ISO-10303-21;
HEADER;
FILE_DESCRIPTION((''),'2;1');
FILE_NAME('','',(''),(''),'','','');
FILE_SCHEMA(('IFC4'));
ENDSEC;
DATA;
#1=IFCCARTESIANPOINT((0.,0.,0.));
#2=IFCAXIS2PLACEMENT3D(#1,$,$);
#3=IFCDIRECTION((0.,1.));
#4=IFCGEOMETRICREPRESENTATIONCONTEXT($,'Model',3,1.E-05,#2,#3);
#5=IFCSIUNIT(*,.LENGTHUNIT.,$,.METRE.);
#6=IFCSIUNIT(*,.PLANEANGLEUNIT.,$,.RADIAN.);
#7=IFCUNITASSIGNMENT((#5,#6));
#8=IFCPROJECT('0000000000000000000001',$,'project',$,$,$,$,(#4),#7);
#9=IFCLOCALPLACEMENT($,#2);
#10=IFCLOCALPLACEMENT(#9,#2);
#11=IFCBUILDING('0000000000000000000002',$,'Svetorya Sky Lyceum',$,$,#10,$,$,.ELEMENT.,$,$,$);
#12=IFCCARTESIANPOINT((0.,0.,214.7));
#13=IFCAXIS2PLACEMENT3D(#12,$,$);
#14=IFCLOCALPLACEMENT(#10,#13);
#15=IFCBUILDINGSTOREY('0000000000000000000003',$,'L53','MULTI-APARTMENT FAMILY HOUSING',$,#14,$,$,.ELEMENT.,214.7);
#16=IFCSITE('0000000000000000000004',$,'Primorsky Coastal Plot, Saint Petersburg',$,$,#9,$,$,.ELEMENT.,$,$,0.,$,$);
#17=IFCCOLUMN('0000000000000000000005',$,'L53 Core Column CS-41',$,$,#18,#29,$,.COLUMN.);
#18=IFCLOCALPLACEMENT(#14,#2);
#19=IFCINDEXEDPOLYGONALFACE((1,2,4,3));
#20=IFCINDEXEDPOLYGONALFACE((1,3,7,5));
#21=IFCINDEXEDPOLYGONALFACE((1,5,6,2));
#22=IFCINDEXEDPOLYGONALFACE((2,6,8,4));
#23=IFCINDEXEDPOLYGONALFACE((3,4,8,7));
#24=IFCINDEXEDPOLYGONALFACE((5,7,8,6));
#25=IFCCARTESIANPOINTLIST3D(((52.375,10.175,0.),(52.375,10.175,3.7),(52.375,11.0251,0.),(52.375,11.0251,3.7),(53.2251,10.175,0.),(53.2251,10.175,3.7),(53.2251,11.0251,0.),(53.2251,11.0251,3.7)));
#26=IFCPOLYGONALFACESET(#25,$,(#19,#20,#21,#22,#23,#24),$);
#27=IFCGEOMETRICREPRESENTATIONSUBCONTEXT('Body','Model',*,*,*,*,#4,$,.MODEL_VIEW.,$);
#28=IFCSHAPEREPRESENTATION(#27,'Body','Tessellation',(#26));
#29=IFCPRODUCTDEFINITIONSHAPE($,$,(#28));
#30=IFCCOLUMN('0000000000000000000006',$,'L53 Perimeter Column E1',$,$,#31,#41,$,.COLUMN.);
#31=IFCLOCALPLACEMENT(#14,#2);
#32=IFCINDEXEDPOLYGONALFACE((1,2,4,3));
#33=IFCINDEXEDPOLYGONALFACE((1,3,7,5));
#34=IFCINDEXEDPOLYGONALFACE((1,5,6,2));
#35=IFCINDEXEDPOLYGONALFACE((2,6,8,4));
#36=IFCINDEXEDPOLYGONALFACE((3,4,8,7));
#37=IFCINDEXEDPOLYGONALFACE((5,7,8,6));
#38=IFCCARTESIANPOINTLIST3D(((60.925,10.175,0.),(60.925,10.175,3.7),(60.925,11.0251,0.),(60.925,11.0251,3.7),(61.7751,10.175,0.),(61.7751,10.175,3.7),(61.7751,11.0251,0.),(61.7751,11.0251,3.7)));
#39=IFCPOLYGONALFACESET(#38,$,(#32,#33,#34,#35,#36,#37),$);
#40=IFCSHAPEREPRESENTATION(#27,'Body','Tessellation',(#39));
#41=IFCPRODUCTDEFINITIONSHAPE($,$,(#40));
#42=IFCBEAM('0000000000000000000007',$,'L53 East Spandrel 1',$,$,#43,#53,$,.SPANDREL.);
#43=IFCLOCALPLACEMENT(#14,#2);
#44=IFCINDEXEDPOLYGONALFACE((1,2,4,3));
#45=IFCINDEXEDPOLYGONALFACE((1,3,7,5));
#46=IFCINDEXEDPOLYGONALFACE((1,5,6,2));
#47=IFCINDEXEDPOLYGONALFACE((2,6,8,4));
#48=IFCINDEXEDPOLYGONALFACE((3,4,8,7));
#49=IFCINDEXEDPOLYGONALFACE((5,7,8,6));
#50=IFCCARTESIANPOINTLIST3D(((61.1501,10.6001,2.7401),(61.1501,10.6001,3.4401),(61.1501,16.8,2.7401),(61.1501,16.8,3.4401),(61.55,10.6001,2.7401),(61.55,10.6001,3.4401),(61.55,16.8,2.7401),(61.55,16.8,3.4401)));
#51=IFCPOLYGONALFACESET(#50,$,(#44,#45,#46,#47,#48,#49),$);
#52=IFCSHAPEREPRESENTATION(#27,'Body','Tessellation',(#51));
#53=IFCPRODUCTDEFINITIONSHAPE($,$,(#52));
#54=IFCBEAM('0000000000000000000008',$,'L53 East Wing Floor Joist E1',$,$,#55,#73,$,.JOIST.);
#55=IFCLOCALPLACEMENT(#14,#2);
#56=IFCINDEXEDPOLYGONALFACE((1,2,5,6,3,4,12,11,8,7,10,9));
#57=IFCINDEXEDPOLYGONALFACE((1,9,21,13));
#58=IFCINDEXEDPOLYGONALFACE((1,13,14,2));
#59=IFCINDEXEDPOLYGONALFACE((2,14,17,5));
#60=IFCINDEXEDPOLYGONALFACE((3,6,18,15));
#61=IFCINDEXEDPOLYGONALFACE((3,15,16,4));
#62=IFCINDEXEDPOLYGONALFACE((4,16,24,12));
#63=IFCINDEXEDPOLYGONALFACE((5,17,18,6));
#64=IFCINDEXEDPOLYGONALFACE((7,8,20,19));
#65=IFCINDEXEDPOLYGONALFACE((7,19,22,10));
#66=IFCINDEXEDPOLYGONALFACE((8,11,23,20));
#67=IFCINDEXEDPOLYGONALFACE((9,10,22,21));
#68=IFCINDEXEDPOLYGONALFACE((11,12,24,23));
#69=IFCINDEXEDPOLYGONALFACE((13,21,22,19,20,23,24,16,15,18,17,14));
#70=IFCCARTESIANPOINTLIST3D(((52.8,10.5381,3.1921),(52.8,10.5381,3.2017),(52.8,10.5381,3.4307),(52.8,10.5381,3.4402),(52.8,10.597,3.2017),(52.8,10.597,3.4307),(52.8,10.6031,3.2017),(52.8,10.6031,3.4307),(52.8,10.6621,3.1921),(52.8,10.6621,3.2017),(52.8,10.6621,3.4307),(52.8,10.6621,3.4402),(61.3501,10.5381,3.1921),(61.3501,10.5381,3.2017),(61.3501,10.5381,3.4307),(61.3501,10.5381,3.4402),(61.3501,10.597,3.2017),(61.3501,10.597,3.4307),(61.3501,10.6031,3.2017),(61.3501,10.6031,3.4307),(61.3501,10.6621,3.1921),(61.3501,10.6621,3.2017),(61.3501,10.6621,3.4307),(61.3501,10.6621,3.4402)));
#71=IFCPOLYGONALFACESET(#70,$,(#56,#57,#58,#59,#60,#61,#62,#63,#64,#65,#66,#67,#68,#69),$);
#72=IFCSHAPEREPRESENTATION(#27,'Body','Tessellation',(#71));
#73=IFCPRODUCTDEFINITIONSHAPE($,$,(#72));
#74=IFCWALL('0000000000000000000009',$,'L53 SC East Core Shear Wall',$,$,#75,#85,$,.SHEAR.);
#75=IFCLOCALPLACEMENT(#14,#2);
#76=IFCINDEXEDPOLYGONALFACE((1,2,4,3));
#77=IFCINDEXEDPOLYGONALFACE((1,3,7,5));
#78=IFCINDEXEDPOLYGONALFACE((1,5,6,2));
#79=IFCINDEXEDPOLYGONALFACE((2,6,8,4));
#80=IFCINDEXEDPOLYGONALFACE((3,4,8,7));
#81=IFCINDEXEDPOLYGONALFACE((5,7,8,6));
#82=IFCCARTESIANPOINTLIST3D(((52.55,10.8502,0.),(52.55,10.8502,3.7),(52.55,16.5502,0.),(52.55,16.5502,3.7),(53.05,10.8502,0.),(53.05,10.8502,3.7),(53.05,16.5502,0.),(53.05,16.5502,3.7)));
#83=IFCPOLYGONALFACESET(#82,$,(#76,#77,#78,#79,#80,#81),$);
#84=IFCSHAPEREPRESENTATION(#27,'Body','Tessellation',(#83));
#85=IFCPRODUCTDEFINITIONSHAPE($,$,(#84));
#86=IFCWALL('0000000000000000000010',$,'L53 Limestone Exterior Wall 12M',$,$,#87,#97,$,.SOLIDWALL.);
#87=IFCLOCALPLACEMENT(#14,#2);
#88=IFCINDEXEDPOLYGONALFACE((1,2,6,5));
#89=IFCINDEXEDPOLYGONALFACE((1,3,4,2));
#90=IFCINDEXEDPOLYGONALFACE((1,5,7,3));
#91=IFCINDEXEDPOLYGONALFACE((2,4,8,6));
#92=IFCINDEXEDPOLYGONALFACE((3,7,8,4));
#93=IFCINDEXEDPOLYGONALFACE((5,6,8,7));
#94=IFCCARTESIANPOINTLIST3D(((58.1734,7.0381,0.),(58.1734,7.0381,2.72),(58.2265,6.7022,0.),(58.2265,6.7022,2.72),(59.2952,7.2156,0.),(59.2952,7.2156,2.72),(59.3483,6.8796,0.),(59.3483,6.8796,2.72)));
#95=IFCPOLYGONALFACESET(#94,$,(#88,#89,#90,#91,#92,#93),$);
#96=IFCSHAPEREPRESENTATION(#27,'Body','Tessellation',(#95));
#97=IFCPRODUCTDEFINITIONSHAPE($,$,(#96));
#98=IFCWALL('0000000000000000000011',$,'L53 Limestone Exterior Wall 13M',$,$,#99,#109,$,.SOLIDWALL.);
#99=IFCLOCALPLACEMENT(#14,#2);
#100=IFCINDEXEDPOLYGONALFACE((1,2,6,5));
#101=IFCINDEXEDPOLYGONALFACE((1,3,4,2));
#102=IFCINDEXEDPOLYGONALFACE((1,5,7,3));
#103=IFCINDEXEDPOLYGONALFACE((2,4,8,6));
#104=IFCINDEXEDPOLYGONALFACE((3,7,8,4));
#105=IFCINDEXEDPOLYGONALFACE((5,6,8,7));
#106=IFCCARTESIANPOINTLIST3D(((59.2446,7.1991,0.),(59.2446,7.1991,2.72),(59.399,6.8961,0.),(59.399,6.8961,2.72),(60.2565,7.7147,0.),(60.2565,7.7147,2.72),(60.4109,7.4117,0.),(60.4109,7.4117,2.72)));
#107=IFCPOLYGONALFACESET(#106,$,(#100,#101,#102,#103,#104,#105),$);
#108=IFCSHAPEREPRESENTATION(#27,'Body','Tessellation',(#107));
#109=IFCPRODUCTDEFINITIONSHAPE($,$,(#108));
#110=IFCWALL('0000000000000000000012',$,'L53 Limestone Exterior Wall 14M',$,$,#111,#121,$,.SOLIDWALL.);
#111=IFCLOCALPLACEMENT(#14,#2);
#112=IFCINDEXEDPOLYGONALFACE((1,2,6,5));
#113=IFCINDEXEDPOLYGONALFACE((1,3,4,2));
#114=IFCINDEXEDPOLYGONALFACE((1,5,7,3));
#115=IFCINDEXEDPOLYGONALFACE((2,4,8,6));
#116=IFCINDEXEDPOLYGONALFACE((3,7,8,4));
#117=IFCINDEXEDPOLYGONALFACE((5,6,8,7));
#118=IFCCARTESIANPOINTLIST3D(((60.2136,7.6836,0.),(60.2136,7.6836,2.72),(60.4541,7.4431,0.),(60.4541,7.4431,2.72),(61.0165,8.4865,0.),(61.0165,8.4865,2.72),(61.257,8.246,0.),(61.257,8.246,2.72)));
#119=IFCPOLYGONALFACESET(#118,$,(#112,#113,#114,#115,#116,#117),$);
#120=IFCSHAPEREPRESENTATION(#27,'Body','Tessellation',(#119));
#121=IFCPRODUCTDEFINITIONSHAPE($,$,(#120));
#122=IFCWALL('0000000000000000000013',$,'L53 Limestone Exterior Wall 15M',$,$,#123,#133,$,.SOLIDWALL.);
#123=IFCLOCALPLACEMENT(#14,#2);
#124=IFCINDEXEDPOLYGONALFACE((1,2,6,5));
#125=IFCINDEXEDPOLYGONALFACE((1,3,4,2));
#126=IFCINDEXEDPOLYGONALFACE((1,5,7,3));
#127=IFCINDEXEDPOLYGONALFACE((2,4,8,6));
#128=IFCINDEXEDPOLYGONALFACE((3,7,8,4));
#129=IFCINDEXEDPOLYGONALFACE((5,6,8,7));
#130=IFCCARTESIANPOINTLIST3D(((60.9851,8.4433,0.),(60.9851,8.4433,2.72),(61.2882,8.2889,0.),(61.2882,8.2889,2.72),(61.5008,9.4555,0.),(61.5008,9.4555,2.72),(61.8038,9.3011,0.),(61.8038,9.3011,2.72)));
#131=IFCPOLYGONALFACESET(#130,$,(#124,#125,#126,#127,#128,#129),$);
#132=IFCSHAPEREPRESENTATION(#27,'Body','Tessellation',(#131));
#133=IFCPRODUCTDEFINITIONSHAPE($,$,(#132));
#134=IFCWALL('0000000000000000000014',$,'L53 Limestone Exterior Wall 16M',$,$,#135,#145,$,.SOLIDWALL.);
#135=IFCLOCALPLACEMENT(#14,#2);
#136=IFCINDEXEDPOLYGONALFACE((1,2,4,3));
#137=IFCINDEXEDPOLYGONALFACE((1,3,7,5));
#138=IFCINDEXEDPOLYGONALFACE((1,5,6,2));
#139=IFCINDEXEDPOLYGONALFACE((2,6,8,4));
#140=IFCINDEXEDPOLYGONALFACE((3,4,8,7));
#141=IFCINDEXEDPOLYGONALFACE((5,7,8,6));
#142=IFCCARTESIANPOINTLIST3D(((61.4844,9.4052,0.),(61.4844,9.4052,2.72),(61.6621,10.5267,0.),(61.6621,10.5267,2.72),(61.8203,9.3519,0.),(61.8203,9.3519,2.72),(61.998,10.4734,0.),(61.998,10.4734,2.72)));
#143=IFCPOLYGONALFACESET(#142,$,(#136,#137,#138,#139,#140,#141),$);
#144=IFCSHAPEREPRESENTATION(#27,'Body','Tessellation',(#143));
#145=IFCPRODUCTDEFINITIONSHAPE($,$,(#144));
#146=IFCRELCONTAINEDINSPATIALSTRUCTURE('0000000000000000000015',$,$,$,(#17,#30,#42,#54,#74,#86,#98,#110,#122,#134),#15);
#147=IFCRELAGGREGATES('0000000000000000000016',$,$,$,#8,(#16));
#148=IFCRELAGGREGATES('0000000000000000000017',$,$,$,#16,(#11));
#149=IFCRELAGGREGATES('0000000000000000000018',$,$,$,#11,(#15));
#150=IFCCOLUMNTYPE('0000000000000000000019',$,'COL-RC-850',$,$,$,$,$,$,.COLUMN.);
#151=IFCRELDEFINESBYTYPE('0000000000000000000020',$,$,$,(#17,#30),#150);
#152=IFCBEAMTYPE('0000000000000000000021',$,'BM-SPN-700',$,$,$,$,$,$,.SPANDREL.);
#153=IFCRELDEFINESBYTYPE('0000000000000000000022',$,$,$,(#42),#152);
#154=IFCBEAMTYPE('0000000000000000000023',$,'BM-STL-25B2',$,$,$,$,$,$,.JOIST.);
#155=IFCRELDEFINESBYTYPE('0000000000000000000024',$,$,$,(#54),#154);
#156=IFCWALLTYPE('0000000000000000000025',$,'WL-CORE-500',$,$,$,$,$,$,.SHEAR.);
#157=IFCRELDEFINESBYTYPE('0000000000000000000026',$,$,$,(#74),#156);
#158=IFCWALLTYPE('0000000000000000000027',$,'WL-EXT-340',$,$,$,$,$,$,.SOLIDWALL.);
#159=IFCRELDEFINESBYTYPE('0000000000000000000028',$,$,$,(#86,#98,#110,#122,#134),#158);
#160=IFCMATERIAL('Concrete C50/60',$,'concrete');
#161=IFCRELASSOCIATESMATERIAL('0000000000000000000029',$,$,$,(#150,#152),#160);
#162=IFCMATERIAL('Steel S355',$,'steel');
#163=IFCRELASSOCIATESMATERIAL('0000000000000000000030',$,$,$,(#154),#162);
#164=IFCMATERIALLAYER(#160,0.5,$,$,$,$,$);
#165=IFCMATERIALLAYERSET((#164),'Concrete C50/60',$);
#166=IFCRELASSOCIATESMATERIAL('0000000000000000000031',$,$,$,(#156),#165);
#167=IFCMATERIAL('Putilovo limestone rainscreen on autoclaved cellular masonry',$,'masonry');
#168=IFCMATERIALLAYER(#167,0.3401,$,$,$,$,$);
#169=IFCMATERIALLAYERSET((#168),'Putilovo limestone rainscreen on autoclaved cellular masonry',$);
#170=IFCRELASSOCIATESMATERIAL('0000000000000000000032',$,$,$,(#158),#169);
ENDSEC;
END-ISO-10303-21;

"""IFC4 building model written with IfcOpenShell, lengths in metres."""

from ifc_helpers import new_model, si_unit, direction, frame, frame_2d, origin, origin_2d, place, context, subcontext, project, spatial, rectangle, i_section, extrude, material, layer, layer_set, material_profile, profile_set, type_object, element, save


model = new_model("IFC4")

# Units and contexts
model_context = context("Model", 3, precision=1e-05, world=origin(), true_north=direction((0.0, 1.0)))
body_context = subcontext(model_context, "Body", "Model", "MODEL_VIEW")
ifc_project = project(units=[si_unit("LENGTHUNIT", "METRE"), si_unit("PLANEANGLEUNIT", "RADIAN")], contexts=[model_context])

# Site, building, storey
site_placement = place(None, origin())
site = spatial("IfcSite", under=ifc_project, at=site_placement, Name="Primorsky Coastal Plot, Saint Petersburg", CompositionType="ELEMENT", RefElevation=0.0)
building_placement = place(site_placement, origin())
building = spatial("IfcBuilding", under=site, at=building_placement, Name="Svetorya Sky Lyceum", CompositionType="ELEMENT")
storey_placement = place(building_placement, frame((0.0, 0.0, 214.7)))
storey = spatial("IfcBuildingStorey", under=building, at=storey_placement, Name="L53", Description="MULTI-APARTMENT FAMILY HOUSING", CompositionType="ELEMENT", Elevation=214.7)

# Columns
ifc_material_1 = material(Name="Concrete C50/60", Category="concrete")
ifc_material_profile_1 = material_profile(ifc_material_1, rectangle(XDim=0.8501, YDim=0.8501, at=origin_2d()), Name="RC COL 850x850")
ifc_profile_set_1 = profile_set([ifc_material_profile_1], Name="Concrete C50/60")
column_type = type_object("IfcColumnType", Name="COL-RC-850", PredefinedType="COLUMN", material=ifc_profile_set_1)
for number, where, z_axis, x_axis, name in (
    (1, (52.8, 10.6001, 0.0), (0.0, 0.0, 1.0), (1.0, 0.0, 0.0), "L53 Core Column CS-41"),
    (2, (61.3501, 10.6001, 0.0), (0.0, 0.0, 1.0), (1.0, 0.0, 0.0), "L53 Perimeter Column E1"),
):
    element("IfcColumn", number, at=place(storey_placement, frame(where, z_axis=z_axis, x_axis=x_axis)), inside=storey, type_object=column_type, Name=name, PredefinedType="COLUMN", context=body_context, shape_type="SweptSolid", body=[
        extrude(rectangle(XDim=0.8501, YDim=0.8501, at=origin_2d()), origin(), (0.0, 0.0, 1.0), 3.7),
    ])

# Beams
ifc_material_profile_2 = material_profile(ifc_material_1, rectangle(XDim=0.3999, YDim=0.7, at=origin_2d()), Name="RC SPANDREL 400x700")
ifc_profile_set_2 = profile_set([ifc_material_profile_2], Name="Concrete C50/60")
beam_type_1 = type_object("IfcBeamType", Name="BM-SPN-700", PredefinedType="SPANDREL", material=ifc_profile_set_2)
beam_1_placement = place(storey_placement, frame((61.3501, 10.6001, 3.0901), z_axis=(0.0, 1.0, 0.0), x_axis=(-1.0, 0.0, 0.0)))
element("IfcBeam", 3, at=beam_1_placement, inside=storey, type_object=beam_type_1, Name="L53 East Spandrel 1", PredefinedType="SPANDREL", context=body_context, shape_type="SweptSolid", body=[
    extrude(rectangle(XDim=0.3999, YDim=0.7, at=origin_2d()), origin(), (0.0, 0.0, 1.0), 6.2),
])
ifc_material_2 = material(Name="Steel S355", Category="steel")
ifc_material_profile_3 = material_profile(ifc_material_2, i_section(OverallWidth=0.124, OverallDepth=0.248, WebThickness=0.0061, FlangeThickness=0.0095, at=origin_2d()), Name="GOST 25B2")
ifc_profile_set_3 = profile_set([ifc_material_profile_3], Name="Steel S355")
beam_type_2 = type_object("IfcBeamType", Name="BM-STL-25B2", PredefinedType="JOIST", material=ifc_profile_set_3)
beam_2_placement = place(storey_placement, frame((52.8, 10.6001, 3.3162), z_axis=(1.0, 0.0, 0.0), x_axis=(0.0, 1.0, 0.0)))
element("IfcBeam", 4, at=beam_2_placement, inside=storey, type_object=beam_type_2, Name="L53 East Wing Floor Joist E1", PredefinedType="JOIST", context=body_context, shape_type="SweptSolid", body=[
    extrude(i_section(OverallWidth=0.124, OverallDepth=0.248, WebThickness=0.0061, FlangeThickness=0.0095, at=origin_2d()), origin(), (0.0, 0.0, 1.0), 8.55),
])

# Walls
ifc_layer_1 = layer(ifc_material_1, 0.5)
ifc_layer_set_1 = layer_set([ifc_layer_1], Name="Concrete C50/60")
wall_type_1 = type_object("IfcWallType", Name="WL-CORE-500", PredefinedType="SHEAR", material=ifc_layer_set_1)
wall_1_placement = place(storey_placement, frame((52.8, 10.8501, 0.0), z_axis=(0.0, 0.0, 1.0), x_axis=(0.0, 1.0, 0.0)))
element("IfcWall", 5, at=wall_1_placement, inside=storey, type_object=wall_type_1, Name="L53 SC East Core Shear Wall", PredefinedType="SHEAR", context=body_context, shape_type="SweptSolid", body=[
    extrude(rectangle(XDim=5.7, YDim=0.5, at=frame_2d((2.8501, 0.0))), origin(), (0.0, 0.0, 1.0), 3.7),
])
ifc_material_3 = material(Name="Putilovo limestone rainscreen on autoclaved cellular masonry", Category="masonry")
ifc_layer_2 = layer(ifc_material_3, 0.3401)
ifc_layer_set_2 = layer_set([ifc_layer_2], Name="Putilovo limestone rainscreen on autoclaved cellular masonry")
wall_type_2 = type_object("IfcWallType", Name="WL-EXT-340", PredefinedType="SOLIDWALL", material=ifc_layer_set_2)
for number, where, z_axis, x_axis, name in (
    (6, (58.2, 6.8701, 0.0), (0.0, 0.0, 1.0), (0.987714, 0.156272, 0.0), "L53 Limestone Exterior Wall 12M"),
    (7, (59.3218, 7.0476, 0.0), (0.0, 0.0, 1.0), (0.891005, 0.453993, 0.0), "L53 Limestone Exterior Wall 13M"),
):
    element("IfcWall", number, at=place(storey_placement, frame(where, z_axis=z_axis, x_axis=x_axis)), inside=storey, type_object=wall_type_2, Name=name, PredefinedType="SOLIDWALL", context=body_context, shape_type="SweptSolid", body=[
        extrude(rectangle(XDim=1.1357, YDim=0.3401, at=frame_2d((0.5679, 0.0))), origin(), (0.0, 0.0, 1.0), 2.72),
    ])
wall_2_placement = place(storey_placement, frame((60.3337, 7.5632, 0.0), z_axis=(0.0, 0.0, 1.0), x_axis=(0.707107, 0.707107, 0.0)))
element("IfcWall", 8, at=wall_2_placement, inside=storey, type_object=wall_type_2, Name="L53 Limestone Exterior Wall 14M", PredefinedType="SOLIDWALL", context=body_context, shape_type="SweptSolid", body=[
    extrude(rectangle(XDim=1.1355, YDim=0.3401, at=frame_2d((0.5679, 0.0))), origin(), (0.0, 0.0, 1.0), 2.72),
])
wall_3_placement = place(storey_placement, frame((61.1367, 8.3662, 0.0), z_axis=(0.0, 0.0, 1.0), x_axis=(0.453906, 0.891049, 0.0)))
element("IfcWall", 9, at=wall_3_placement, inside=storey, type_object=wall_type_2, Name="L53 Limestone Exterior Wall 15M", PredefinedType="SOLIDWALL", context=body_context, shape_type="SweptSolid", body=[
    extrude(rectangle(XDim=1.136, YDim=0.3401, at=frame_2d((0.5679, 0.0))), origin(), (0.0, 0.0, 1.0), 2.72),
])
wall_4_placement = place(storey_placement, frame((61.6523, 9.3784, 0.0), z_axis=(0.0, 0.0, 1.0), x_axis=(0.156515, 0.987676, 0.0)))
element("IfcWall", 10, at=wall_4_placement, inside=storey, type_object=wall_type_2, Name="L53 Limestone Exterior Wall 16M", PredefinedType="SOLIDWALL", context=body_context, shape_type="SweptSolid", body=[
    extrude(rectangle(XDim=1.1355, YDim=0.3401, at=frame_2d((0.5679, 0.0))), origin(), (0.0, 0.0, 1.0), 2.72),
])

save(model, "model.ifc")
